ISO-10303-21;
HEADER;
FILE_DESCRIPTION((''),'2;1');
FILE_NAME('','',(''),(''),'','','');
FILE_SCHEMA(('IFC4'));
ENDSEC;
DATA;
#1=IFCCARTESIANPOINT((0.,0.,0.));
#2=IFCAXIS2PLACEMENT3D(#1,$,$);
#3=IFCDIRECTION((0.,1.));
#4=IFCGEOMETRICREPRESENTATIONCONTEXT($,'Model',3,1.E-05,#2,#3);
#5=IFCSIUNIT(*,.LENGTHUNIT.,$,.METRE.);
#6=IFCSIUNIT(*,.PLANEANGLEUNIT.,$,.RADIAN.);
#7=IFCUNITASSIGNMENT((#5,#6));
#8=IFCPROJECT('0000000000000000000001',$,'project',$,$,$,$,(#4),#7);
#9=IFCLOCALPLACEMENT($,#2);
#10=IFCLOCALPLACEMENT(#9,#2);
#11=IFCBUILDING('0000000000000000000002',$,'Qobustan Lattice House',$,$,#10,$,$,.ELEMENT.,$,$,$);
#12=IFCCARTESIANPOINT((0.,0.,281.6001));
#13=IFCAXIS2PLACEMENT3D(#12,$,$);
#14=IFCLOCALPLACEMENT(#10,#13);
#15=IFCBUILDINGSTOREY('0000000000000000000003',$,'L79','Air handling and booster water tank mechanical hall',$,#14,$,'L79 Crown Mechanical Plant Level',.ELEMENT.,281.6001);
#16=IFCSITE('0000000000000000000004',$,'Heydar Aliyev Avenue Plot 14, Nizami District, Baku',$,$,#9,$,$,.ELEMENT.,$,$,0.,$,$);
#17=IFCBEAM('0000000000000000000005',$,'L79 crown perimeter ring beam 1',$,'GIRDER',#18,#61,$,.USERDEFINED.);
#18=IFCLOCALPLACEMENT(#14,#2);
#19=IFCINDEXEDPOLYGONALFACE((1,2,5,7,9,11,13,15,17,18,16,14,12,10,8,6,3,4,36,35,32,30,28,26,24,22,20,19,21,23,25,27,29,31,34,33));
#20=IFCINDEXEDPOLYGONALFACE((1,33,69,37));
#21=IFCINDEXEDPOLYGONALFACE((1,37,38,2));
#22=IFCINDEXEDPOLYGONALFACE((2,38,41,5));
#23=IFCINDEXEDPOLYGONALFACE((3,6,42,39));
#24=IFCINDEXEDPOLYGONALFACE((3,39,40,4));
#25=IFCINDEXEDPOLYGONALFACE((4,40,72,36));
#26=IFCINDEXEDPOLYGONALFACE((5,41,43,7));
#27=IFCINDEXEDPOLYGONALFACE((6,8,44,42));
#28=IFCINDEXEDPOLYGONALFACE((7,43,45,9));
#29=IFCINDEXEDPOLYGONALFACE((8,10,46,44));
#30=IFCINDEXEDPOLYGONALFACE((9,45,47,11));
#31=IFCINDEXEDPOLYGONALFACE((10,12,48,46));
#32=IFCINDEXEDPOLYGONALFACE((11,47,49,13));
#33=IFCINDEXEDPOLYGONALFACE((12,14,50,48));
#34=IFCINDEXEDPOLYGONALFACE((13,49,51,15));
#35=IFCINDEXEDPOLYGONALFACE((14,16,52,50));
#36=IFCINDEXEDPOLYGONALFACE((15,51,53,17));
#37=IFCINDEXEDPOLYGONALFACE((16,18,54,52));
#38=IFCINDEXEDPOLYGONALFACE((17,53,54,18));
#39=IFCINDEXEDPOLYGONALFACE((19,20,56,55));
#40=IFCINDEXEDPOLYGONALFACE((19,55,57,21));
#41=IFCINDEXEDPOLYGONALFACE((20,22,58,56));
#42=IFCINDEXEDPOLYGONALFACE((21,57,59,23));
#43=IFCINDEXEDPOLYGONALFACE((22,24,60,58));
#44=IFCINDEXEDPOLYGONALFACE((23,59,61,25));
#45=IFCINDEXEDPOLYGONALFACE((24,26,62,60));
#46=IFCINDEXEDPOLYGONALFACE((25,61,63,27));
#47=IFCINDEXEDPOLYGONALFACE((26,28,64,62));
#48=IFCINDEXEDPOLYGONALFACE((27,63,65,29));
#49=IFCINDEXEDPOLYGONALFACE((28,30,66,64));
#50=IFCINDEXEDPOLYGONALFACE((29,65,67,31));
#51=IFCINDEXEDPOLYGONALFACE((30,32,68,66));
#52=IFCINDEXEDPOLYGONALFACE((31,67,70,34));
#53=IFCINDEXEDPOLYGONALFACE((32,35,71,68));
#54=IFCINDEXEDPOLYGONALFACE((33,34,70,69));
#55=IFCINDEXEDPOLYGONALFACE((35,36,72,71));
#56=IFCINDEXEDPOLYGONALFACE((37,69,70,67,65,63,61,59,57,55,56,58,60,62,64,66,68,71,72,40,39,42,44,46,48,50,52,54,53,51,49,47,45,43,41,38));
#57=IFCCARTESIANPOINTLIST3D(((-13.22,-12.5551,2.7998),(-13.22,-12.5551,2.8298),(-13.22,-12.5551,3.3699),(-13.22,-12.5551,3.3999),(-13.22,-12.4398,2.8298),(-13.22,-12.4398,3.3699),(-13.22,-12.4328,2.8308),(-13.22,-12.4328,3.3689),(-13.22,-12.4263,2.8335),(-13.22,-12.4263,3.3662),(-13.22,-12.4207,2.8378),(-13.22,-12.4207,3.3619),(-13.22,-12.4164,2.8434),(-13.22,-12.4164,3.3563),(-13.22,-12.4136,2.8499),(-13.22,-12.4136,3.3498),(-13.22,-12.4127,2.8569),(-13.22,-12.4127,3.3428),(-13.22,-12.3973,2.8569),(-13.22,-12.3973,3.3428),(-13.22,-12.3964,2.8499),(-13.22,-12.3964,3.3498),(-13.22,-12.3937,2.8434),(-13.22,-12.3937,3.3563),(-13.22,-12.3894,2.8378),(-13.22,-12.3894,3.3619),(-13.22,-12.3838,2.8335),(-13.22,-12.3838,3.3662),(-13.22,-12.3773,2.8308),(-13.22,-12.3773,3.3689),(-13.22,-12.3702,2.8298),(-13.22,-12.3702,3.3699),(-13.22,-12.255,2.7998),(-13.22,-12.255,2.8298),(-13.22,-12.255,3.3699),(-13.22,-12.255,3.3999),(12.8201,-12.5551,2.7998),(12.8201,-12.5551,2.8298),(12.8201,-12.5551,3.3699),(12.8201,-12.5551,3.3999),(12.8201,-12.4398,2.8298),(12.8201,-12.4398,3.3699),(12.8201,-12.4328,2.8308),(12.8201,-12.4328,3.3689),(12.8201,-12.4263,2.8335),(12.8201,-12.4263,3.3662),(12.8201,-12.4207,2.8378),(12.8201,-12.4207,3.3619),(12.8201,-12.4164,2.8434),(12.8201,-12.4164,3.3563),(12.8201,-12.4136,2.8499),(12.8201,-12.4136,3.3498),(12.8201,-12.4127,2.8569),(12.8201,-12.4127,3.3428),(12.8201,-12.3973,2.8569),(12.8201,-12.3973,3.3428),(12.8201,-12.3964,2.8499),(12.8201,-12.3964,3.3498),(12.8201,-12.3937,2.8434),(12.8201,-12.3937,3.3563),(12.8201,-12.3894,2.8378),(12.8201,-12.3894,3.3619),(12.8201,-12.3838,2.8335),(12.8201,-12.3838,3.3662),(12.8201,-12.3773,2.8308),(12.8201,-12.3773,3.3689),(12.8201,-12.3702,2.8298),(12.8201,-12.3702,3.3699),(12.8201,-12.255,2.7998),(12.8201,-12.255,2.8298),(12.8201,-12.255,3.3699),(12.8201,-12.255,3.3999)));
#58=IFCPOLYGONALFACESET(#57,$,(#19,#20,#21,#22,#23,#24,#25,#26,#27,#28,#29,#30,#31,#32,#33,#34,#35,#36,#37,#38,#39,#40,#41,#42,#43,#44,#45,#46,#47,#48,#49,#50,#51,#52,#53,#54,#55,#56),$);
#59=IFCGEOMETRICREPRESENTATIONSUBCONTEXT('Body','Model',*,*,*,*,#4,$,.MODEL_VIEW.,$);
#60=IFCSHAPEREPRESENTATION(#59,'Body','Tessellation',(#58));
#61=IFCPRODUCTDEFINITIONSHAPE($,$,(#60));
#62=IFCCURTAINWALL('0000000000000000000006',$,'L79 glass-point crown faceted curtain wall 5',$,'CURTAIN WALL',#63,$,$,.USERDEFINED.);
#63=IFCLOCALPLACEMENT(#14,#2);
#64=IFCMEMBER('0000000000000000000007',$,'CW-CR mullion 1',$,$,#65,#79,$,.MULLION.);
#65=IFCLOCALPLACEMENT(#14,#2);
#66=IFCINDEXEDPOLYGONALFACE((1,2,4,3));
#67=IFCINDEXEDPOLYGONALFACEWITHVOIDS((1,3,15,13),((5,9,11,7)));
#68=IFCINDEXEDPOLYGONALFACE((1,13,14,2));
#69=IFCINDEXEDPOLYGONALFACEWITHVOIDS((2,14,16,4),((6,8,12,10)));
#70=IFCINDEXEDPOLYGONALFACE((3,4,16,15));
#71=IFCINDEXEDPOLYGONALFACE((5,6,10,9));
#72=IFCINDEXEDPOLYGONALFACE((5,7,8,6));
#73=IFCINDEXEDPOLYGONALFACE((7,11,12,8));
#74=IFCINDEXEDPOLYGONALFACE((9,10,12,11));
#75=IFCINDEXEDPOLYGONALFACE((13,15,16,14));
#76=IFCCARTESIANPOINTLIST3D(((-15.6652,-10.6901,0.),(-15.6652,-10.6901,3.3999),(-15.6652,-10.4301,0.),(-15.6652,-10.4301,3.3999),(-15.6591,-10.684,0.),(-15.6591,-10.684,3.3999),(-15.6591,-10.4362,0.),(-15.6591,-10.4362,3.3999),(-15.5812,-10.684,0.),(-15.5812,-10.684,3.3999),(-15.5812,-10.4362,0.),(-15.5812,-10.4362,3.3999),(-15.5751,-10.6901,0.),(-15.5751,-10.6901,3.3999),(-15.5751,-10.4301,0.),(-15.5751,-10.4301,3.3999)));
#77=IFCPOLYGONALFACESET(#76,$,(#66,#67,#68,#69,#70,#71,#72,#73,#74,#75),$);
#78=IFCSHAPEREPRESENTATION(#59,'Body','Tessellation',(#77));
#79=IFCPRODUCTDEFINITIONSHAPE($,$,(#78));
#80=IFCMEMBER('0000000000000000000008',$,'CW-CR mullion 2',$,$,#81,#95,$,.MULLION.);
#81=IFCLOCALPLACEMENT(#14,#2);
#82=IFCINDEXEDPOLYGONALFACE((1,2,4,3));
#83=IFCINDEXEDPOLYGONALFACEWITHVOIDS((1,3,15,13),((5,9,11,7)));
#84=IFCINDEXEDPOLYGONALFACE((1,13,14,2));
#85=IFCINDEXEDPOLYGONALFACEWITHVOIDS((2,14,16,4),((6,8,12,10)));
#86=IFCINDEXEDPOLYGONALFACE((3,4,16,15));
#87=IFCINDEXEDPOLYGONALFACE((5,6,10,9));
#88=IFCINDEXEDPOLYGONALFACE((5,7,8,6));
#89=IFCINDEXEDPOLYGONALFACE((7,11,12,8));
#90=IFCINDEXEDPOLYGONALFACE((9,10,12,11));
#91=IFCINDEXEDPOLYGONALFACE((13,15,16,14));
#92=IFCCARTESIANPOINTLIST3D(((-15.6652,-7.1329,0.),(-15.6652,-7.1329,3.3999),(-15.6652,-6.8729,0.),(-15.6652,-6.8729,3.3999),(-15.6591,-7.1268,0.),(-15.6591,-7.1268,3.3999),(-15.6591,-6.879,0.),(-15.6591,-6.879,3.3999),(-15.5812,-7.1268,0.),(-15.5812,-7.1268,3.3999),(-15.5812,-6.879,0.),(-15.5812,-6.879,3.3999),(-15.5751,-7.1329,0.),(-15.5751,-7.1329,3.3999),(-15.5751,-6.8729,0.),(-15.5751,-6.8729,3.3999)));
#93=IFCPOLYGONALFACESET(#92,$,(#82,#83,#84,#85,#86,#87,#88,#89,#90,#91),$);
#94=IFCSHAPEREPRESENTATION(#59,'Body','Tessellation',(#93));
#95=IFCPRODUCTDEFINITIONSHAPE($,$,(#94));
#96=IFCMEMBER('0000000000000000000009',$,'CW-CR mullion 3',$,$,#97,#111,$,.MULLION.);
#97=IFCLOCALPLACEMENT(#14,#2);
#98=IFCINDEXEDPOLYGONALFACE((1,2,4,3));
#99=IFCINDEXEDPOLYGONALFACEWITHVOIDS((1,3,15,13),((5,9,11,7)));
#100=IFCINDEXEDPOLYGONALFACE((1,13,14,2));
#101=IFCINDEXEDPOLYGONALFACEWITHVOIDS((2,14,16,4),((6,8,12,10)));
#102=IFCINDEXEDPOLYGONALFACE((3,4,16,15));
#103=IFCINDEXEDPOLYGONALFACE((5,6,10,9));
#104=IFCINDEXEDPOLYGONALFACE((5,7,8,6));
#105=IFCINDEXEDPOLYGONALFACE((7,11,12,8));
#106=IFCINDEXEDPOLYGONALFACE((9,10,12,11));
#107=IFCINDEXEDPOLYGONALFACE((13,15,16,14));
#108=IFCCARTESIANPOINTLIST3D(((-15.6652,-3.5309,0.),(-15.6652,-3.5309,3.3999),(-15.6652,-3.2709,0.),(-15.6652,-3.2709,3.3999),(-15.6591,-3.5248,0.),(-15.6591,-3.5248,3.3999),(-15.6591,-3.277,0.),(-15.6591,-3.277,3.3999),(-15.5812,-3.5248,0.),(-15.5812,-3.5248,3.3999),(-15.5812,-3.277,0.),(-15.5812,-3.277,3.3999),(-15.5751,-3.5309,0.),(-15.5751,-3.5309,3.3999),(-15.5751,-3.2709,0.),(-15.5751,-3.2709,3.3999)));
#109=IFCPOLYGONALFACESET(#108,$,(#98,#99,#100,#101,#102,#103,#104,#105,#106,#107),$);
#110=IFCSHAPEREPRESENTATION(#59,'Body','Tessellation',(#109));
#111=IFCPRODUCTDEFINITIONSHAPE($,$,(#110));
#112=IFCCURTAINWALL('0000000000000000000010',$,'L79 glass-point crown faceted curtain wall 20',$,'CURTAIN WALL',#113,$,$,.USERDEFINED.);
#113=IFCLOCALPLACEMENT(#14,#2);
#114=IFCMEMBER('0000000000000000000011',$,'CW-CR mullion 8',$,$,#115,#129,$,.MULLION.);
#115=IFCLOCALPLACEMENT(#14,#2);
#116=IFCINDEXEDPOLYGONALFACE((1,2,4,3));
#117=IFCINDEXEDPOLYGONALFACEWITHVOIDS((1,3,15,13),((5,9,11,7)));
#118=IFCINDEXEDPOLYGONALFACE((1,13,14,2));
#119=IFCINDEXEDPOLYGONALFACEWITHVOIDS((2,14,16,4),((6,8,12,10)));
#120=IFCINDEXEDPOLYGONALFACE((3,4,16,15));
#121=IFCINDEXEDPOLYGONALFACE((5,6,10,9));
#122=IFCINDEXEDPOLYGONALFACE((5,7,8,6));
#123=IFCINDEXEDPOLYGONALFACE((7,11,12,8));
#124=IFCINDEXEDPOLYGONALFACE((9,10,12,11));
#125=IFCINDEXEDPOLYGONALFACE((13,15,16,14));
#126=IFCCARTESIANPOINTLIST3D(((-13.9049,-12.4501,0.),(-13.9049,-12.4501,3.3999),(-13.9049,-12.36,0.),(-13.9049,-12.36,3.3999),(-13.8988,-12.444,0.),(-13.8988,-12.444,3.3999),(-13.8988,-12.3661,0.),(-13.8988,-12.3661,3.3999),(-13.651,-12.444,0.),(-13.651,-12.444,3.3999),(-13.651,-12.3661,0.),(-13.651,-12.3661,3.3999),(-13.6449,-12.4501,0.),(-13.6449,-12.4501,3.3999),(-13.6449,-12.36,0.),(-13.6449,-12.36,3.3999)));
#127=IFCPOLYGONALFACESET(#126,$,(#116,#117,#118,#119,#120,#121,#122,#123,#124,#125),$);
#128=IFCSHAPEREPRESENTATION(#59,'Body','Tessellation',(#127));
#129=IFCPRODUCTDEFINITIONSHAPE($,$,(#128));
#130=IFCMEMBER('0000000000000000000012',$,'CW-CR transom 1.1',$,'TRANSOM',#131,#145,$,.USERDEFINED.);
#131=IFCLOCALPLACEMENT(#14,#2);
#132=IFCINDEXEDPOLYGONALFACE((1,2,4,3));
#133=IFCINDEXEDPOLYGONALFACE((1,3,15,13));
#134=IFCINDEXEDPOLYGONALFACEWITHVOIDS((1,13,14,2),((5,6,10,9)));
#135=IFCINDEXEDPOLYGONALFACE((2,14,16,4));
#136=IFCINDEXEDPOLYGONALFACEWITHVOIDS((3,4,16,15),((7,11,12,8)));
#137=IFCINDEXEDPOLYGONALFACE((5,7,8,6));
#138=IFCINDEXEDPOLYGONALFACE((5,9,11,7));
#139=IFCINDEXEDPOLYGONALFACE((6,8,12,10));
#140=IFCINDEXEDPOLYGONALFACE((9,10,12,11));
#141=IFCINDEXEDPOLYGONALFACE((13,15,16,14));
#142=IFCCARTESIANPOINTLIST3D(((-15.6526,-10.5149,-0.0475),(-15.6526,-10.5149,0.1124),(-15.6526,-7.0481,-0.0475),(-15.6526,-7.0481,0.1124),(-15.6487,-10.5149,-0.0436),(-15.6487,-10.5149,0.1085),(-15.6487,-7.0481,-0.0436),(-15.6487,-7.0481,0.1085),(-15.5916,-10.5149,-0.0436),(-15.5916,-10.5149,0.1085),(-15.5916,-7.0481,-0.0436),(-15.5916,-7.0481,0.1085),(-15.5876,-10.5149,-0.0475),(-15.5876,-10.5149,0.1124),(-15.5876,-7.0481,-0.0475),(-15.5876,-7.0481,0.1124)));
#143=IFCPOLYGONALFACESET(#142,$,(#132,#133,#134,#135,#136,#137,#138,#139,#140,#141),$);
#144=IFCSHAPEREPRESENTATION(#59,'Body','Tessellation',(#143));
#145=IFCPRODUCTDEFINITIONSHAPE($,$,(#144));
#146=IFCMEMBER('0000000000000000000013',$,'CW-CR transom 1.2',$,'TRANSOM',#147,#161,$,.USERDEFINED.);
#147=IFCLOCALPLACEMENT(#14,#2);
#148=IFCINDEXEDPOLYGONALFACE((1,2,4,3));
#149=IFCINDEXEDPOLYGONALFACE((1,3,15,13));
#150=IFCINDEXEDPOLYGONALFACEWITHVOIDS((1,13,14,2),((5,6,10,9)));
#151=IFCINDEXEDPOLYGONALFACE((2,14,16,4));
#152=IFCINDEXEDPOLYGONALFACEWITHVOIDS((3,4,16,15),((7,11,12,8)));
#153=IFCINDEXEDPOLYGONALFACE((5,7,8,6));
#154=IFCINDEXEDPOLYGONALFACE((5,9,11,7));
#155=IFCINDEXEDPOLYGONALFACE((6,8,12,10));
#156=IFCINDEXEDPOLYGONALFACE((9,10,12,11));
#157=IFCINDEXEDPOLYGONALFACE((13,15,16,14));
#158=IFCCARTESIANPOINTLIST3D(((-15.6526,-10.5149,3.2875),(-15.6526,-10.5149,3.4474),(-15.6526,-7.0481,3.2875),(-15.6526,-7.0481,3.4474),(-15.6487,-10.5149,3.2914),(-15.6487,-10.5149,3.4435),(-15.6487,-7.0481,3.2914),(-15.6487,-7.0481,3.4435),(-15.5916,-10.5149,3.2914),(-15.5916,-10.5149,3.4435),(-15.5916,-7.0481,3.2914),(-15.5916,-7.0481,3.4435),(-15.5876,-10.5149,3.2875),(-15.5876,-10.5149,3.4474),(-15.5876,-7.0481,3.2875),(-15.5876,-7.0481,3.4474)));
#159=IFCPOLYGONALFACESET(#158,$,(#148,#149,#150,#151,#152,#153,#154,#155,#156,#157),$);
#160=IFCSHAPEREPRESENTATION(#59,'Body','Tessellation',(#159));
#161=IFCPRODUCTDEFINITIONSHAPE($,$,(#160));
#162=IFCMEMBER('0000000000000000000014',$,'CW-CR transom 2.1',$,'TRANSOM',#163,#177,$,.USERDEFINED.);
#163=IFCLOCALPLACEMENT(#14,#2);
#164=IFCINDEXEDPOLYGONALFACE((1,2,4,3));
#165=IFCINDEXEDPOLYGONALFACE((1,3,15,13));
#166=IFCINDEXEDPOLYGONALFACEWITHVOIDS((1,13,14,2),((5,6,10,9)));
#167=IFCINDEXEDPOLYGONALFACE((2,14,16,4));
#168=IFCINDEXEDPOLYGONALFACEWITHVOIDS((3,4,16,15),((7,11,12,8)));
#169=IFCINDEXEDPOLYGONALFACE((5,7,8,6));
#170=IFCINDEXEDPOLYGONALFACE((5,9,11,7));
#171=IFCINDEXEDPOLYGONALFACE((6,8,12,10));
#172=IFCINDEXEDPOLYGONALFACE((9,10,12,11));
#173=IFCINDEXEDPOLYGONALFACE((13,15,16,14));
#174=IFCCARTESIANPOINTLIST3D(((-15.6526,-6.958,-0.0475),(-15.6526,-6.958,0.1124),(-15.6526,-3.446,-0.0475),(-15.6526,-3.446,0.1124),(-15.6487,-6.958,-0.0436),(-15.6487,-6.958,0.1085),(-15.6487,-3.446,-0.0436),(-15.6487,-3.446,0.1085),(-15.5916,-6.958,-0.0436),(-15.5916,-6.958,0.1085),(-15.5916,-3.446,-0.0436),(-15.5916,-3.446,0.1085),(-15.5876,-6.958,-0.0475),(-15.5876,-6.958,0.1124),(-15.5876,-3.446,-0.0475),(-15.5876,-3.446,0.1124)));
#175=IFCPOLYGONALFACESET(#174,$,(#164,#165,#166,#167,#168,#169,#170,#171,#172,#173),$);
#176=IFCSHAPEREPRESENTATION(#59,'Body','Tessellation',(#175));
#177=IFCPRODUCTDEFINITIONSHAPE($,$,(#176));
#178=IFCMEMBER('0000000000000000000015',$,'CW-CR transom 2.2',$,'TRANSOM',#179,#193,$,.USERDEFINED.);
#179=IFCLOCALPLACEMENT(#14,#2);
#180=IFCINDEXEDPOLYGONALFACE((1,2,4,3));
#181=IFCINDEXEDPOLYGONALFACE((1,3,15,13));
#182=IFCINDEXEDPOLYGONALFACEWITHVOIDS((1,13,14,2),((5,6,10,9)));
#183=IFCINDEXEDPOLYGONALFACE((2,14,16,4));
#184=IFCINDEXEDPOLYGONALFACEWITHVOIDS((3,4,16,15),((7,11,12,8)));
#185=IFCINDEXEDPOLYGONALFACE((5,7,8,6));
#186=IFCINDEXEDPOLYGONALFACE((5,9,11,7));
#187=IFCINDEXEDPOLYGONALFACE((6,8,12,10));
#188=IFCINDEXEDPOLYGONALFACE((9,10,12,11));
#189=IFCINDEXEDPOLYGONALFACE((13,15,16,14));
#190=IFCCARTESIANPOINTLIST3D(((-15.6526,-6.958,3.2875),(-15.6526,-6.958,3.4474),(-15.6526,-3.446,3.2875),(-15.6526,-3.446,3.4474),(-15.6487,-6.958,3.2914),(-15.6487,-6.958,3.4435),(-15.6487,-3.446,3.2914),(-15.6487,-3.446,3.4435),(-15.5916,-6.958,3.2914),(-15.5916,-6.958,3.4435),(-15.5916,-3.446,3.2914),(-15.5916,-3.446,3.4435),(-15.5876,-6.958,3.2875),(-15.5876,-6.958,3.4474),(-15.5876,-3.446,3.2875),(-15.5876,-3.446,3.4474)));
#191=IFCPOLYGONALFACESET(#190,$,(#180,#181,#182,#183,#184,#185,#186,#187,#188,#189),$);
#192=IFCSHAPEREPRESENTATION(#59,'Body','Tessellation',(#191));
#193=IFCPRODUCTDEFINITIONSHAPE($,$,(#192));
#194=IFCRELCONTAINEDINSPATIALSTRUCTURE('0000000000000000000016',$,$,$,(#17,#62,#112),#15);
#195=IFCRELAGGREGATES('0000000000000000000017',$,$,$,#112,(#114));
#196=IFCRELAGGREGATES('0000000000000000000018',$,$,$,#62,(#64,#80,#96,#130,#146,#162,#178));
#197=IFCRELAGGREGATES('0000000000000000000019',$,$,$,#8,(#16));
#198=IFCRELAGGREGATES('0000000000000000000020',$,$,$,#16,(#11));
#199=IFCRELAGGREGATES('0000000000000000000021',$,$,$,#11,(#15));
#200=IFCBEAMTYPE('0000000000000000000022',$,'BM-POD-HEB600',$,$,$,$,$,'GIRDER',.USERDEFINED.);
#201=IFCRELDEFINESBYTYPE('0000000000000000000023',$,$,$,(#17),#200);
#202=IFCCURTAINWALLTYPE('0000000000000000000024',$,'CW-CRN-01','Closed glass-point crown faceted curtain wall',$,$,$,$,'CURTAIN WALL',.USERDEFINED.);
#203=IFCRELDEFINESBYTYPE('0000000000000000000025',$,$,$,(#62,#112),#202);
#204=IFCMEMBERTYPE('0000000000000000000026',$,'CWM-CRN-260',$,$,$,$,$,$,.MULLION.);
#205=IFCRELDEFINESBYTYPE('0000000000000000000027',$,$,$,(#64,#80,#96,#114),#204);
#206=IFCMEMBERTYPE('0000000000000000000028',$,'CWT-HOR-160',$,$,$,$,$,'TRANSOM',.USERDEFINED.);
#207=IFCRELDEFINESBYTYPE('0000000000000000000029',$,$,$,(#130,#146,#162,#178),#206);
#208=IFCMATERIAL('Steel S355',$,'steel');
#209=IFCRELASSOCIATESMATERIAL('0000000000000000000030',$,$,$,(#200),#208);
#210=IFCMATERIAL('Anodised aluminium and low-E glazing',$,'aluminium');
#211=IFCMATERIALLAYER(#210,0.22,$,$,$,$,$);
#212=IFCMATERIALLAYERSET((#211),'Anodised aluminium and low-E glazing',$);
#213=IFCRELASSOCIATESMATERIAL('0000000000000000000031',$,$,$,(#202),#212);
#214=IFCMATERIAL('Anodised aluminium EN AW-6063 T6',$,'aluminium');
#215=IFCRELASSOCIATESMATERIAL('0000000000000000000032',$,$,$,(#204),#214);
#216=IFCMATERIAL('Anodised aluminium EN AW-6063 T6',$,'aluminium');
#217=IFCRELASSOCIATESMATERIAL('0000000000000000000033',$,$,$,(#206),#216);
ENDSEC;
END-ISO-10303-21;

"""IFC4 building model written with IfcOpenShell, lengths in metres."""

from ifc_helpers import new_model, si_unit, direction, frame, origin, origin_2d, place, context, subcontext, project, spatial, hollow_rectangle, i_section, extrude, material, layer, layer_set, material_profile, profile_set, type_object, element, aggregate, save


model = new_model("IFC4")

# Units and contexts
model_context = context("Model", 3, precision=1e-05, world=origin(), true_north=direction((0.0, 1.0)))
body_context = subcontext(model_context, "Body", "Model", "MODEL_VIEW")
ifc_project = project(units=[si_unit("LENGTHUNIT", "METRE"), si_unit("PLANEANGLEUNIT", "RADIAN")], contexts=[model_context])

# Site, building, storey
site_placement = place(None, origin())
site = spatial("IfcSite", under=ifc_project, at=site_placement, Name="Heydar Aliyev Avenue Plot 14, Nizami District, Baku", CompositionType="ELEMENT", RefElevation=0.0)
building_placement = place(site_placement, origin())
building = spatial("IfcBuilding", under=site, at=building_placement, Name="Qobustan Lattice House", CompositionType="ELEMENT")
storey_placement = place(building_placement, frame((0.0, 0.0, 281.6001)))
storey = spatial("IfcBuildingStorey", under=building, at=storey_placement, Name="L79", Description="Air handling and booster water tank mechanical hall", LongName="L79 Crown Mechanical Plant Level", CompositionType="ELEMENT", Elevation=281.6001)

# Beam
ifc_material_1 = material(Name="Steel S355", Category="steel")
ifc_material_profile_1 = material_profile(ifc_material_1, i_section(OverallWidth=0.3, OverallDepth=0.6001, WebThickness=0.0154, FlangeThickness=0.03, FilletRadius=0.0271, at=origin_2d()), Name="HEB600")
ifc_profile_set_1 = profile_set([ifc_material_profile_1], Name="Steel S355")
beam_type = type_object("IfcBeamType", Name="BM-POD-HEB600", ElementType="GIRDER", PredefinedType="USERDEFINED", material=ifc_profile_set_1)
beam_placement = place(storey_placement, frame((-13.22, -12.405, 3.0999), z_axis=(1.0, 0.0, 0.0), x_axis=(0.0, 1.0, 0.0)))
element("IfcBeam", 1, at=beam_placement, inside=storey, type_object=beam_type, Name="L79 crown perimeter ring beam 1", ObjectType="GIRDER", PredefinedType="USERDEFINED", context=body_context, shape_type="SweptSolid", body=[
    extrude(i_section(OverallWidth=0.3, OverallDepth=0.6001, WebThickness=0.0154, FlangeThickness=0.03, FilletRadius=0.0271, at=origin_2d()), origin(), (0.0, 0.0, 1.0), 26.04),
])

# Curtain wall, members
ifc_material_2 = material(Name="Anodised aluminium and low-E glazing", Category="aluminium")
ifc_layer_1 = layer(ifc_material_2, 0.22)
ifc_layer_set_1 = layer_set([ifc_layer_1], Name="Anodised aluminium and low-E glazing")
curtain_wall_type = type_object("IfcCurtainWallType", Name="CW-CRN-01", Description="Closed glass-point crown faceted curtain wall", ElementType="CURTAIN WALL", PredefinedType="USERDEFINED", material=ifc_layer_set_1)
curtain_wall_1_placement = place(storey_placement, origin())
curtain_wall_1 = element("IfcCurtainWall", 2, at=curtain_wall_1_placement, inside=storey, type_object=curtain_wall_type, Name="L79 glass-point crown faceted curtain wall 5", ObjectType="CURTAIN WALL", PredefinedType="USERDEFINED")
ifc_material_3 = material(Name="Anodised aluminium EN AW-6063 T6", Category="aluminium")
ifc_material_profile_2 = material_profile(ifc_material_3, hollow_rectangle(XDim=0.0901, YDim=0.26, WallThickness=0.0061, at=origin_2d()), Name="CWM-CROWN-260x90")
ifc_profile_set_2 = profile_set([ifc_material_profile_2], Name="Anodised aluminium EN AW-6063 T6")
member_type_1 = type_object("IfcMemberType", Name="CWM-CRN-260", PredefinedType="MULLION", material=ifc_profile_set_2)
member_1_placement = place(storey_placement, frame((-15.6201, -10.5601, 0.0), z_axis=(0.0, 0.0, 1.0), x_axis=(-1.0, 0.0, 0.0)))
member_1 = element("IfcMember", 3, at=member_1_placement, type_object=member_type_1, Name="CW-CR mullion 1", PredefinedType="MULLION", context=body_context, shape_type="SweptSolid", body=[
    extrude(hollow_rectangle(XDim=0.0901, YDim=0.26, WallThickness=0.0061, at=origin_2d()), origin(), (0.0, 0.0, 1.0), 3.3999),
])
member_2_placement = place(storey_placement, frame((-15.6201, -7.0029, 0.0), z_axis=(0.0, 0.0, 1.0), x_axis=(-1.0, 0.0, 0.0)))
member_2 = element("IfcMember", 4, at=member_2_placement, type_object=member_type_1, Name="CW-CR mullion 2", PredefinedType="MULLION", context=body_context, shape_type="SweptSolid", body=[
    extrude(hollow_rectangle(XDim=0.0901, YDim=0.26, WallThickness=0.0061, at=origin_2d()), origin(), (0.0, 0.0, 1.0), 3.3999),
])
member_3_placement = place(storey_placement, frame((-15.6201, -3.4009, 0.0), z_axis=(0.0, 0.0, 1.0), x_axis=(-1.0, 0.0, 0.0)))
member_3 = element("IfcMember", 5, at=member_3_placement, type_object=member_type_1, Name="CW-CR mullion 3", PredefinedType="MULLION", context=body_context, shape_type="SweptSolid", body=[
    extrude(hollow_rectangle(XDim=0.0901, YDim=0.26, WallThickness=0.0061, at=origin_2d()), origin(), (0.0, 0.0, 1.0), 3.3999),
])

# Curtain wall, member
curtain_wall_2_placement = place(storey_placement, origin())
curtain_wall_2 = element("IfcCurtainWall", 6, at=curtain_wall_2_placement, inside=storey, type_object=curtain_wall_type, Name="L79 glass-point crown faceted curtain wall 20", ObjectType="CURTAIN WALL", PredefinedType="USERDEFINED")
member_4_placement = place(storey_placement, frame((-13.7749, -12.405, 0.0), z_axis=(0.0, 0.0, 1.0), x_axis=(0.0, -1.0, 0.0)))
member_4 = element("IfcMember", 7, at=member_4_placement, type_object=member_type_1, Name="CW-CR mullion 8", PredefinedType="MULLION", context=body_context, shape_type="SweptSolid", body=[
    extrude(hollow_rectangle(XDim=0.0901, YDim=0.26, WallThickness=0.0061, at=origin_2d()), origin(), (0.0, 0.0, 1.0), 3.3999),
])
aggregate(curtain_wall_2, [member_4])

# Members
ifc_material_4 = material(Name="Anodised aluminium EN AW-6063 T6", Category="aluminium")
ifc_material_profile_3 = material_profile(ifc_material_4, hollow_rectangle(XDim=0.0649, YDim=0.1599, WallThickness=0.0039, at=origin_2d()), Name="CWT-160x65")
ifc_profile_set_3 = profile_set([ifc_material_profile_3], Name="Anodised aluminium EN AW-6063 T6")
member_type_2 = type_object("IfcMemberType", Name="CWT-HOR-160", ElementType="TRANSOM", PredefinedType="USERDEFINED", material=ifc_profile_set_3)
member_5_placement = place(storey_placement, frame((-15.6201, -10.5149, 0.0325), z_axis=(0.0, 1.0, 0.0), x_axis=(-1.0, 0.0, 0.0)))
member_5 = element("IfcMember", 8, at=member_5_placement, type_object=member_type_2, Name="CW-CR transom 1.1", ObjectType="TRANSOM", PredefinedType="USERDEFINED", context=body_context, shape_type="SweptSolid", body=[
    extrude(hollow_rectangle(XDim=0.0649, YDim=0.1599, WallThickness=0.0039, at=origin_2d()), origin(), (0.0, 0.0, 1.0), 3.4668),
])
member_6_placement = place(storey_placement, frame((-15.6201, -10.5149, 3.3674), z_axis=(0.0, 1.0, 0.0), x_axis=(-1.0, 0.0, 0.0)))
member_6 = element("IfcMember", 9, at=member_6_placement, type_object=member_type_2, Name="CW-CR transom 1.2", ObjectType="TRANSOM", PredefinedType="USERDEFINED", context=body_context, shape_type="SweptSolid", body=[
    extrude(hollow_rectangle(XDim=0.0649, YDim=0.1599, WallThickness=0.0039, at=origin_2d()), origin(), (0.0, 0.0, 1.0), 3.4668),
])
member_7_placement = place(storey_placement, frame((-15.6201, -6.958, 0.0325), z_axis=(0.0, 1.0, 0.0), x_axis=(-1.0, 0.0, 0.0)))
member_7 = element("IfcMember", 10, at=member_7_placement, type_object=member_type_2, Name="CW-CR transom 2.1", ObjectType="TRANSOM", PredefinedType="USERDEFINED", context=body_context, shape_type="SweptSolid", body=[
    extrude(hollow_rectangle(XDim=0.0649, YDim=0.1599, WallThickness=0.0039, at=origin_2d()), origin(), (0.0, 0.0, 1.0), 3.512),
])
member_8_placement = place(storey_placement, frame((-15.6201, -6.958, 3.3674), z_axis=(0.0, 1.0, 0.0), x_axis=(-1.0, 0.0, 0.0)))
member_8 = element("IfcMember", 11, at=member_8_placement, type_object=member_type_2, Name="CW-CR transom 2.2", ObjectType="TRANSOM", PredefinedType="USERDEFINED", context=body_context, shape_type="SweptSolid", body=[
    extrude(hollow_rectangle(XDim=0.0649, YDim=0.1599, WallThickness=0.0039, at=origin_2d()), origin(), (0.0, 0.0, 1.0), 3.512),
])

aggregate(curtain_wall_1, [member_1, member_2, member_3, member_5, member_6, member_7, member_8])

save(model, "model.ifc")
